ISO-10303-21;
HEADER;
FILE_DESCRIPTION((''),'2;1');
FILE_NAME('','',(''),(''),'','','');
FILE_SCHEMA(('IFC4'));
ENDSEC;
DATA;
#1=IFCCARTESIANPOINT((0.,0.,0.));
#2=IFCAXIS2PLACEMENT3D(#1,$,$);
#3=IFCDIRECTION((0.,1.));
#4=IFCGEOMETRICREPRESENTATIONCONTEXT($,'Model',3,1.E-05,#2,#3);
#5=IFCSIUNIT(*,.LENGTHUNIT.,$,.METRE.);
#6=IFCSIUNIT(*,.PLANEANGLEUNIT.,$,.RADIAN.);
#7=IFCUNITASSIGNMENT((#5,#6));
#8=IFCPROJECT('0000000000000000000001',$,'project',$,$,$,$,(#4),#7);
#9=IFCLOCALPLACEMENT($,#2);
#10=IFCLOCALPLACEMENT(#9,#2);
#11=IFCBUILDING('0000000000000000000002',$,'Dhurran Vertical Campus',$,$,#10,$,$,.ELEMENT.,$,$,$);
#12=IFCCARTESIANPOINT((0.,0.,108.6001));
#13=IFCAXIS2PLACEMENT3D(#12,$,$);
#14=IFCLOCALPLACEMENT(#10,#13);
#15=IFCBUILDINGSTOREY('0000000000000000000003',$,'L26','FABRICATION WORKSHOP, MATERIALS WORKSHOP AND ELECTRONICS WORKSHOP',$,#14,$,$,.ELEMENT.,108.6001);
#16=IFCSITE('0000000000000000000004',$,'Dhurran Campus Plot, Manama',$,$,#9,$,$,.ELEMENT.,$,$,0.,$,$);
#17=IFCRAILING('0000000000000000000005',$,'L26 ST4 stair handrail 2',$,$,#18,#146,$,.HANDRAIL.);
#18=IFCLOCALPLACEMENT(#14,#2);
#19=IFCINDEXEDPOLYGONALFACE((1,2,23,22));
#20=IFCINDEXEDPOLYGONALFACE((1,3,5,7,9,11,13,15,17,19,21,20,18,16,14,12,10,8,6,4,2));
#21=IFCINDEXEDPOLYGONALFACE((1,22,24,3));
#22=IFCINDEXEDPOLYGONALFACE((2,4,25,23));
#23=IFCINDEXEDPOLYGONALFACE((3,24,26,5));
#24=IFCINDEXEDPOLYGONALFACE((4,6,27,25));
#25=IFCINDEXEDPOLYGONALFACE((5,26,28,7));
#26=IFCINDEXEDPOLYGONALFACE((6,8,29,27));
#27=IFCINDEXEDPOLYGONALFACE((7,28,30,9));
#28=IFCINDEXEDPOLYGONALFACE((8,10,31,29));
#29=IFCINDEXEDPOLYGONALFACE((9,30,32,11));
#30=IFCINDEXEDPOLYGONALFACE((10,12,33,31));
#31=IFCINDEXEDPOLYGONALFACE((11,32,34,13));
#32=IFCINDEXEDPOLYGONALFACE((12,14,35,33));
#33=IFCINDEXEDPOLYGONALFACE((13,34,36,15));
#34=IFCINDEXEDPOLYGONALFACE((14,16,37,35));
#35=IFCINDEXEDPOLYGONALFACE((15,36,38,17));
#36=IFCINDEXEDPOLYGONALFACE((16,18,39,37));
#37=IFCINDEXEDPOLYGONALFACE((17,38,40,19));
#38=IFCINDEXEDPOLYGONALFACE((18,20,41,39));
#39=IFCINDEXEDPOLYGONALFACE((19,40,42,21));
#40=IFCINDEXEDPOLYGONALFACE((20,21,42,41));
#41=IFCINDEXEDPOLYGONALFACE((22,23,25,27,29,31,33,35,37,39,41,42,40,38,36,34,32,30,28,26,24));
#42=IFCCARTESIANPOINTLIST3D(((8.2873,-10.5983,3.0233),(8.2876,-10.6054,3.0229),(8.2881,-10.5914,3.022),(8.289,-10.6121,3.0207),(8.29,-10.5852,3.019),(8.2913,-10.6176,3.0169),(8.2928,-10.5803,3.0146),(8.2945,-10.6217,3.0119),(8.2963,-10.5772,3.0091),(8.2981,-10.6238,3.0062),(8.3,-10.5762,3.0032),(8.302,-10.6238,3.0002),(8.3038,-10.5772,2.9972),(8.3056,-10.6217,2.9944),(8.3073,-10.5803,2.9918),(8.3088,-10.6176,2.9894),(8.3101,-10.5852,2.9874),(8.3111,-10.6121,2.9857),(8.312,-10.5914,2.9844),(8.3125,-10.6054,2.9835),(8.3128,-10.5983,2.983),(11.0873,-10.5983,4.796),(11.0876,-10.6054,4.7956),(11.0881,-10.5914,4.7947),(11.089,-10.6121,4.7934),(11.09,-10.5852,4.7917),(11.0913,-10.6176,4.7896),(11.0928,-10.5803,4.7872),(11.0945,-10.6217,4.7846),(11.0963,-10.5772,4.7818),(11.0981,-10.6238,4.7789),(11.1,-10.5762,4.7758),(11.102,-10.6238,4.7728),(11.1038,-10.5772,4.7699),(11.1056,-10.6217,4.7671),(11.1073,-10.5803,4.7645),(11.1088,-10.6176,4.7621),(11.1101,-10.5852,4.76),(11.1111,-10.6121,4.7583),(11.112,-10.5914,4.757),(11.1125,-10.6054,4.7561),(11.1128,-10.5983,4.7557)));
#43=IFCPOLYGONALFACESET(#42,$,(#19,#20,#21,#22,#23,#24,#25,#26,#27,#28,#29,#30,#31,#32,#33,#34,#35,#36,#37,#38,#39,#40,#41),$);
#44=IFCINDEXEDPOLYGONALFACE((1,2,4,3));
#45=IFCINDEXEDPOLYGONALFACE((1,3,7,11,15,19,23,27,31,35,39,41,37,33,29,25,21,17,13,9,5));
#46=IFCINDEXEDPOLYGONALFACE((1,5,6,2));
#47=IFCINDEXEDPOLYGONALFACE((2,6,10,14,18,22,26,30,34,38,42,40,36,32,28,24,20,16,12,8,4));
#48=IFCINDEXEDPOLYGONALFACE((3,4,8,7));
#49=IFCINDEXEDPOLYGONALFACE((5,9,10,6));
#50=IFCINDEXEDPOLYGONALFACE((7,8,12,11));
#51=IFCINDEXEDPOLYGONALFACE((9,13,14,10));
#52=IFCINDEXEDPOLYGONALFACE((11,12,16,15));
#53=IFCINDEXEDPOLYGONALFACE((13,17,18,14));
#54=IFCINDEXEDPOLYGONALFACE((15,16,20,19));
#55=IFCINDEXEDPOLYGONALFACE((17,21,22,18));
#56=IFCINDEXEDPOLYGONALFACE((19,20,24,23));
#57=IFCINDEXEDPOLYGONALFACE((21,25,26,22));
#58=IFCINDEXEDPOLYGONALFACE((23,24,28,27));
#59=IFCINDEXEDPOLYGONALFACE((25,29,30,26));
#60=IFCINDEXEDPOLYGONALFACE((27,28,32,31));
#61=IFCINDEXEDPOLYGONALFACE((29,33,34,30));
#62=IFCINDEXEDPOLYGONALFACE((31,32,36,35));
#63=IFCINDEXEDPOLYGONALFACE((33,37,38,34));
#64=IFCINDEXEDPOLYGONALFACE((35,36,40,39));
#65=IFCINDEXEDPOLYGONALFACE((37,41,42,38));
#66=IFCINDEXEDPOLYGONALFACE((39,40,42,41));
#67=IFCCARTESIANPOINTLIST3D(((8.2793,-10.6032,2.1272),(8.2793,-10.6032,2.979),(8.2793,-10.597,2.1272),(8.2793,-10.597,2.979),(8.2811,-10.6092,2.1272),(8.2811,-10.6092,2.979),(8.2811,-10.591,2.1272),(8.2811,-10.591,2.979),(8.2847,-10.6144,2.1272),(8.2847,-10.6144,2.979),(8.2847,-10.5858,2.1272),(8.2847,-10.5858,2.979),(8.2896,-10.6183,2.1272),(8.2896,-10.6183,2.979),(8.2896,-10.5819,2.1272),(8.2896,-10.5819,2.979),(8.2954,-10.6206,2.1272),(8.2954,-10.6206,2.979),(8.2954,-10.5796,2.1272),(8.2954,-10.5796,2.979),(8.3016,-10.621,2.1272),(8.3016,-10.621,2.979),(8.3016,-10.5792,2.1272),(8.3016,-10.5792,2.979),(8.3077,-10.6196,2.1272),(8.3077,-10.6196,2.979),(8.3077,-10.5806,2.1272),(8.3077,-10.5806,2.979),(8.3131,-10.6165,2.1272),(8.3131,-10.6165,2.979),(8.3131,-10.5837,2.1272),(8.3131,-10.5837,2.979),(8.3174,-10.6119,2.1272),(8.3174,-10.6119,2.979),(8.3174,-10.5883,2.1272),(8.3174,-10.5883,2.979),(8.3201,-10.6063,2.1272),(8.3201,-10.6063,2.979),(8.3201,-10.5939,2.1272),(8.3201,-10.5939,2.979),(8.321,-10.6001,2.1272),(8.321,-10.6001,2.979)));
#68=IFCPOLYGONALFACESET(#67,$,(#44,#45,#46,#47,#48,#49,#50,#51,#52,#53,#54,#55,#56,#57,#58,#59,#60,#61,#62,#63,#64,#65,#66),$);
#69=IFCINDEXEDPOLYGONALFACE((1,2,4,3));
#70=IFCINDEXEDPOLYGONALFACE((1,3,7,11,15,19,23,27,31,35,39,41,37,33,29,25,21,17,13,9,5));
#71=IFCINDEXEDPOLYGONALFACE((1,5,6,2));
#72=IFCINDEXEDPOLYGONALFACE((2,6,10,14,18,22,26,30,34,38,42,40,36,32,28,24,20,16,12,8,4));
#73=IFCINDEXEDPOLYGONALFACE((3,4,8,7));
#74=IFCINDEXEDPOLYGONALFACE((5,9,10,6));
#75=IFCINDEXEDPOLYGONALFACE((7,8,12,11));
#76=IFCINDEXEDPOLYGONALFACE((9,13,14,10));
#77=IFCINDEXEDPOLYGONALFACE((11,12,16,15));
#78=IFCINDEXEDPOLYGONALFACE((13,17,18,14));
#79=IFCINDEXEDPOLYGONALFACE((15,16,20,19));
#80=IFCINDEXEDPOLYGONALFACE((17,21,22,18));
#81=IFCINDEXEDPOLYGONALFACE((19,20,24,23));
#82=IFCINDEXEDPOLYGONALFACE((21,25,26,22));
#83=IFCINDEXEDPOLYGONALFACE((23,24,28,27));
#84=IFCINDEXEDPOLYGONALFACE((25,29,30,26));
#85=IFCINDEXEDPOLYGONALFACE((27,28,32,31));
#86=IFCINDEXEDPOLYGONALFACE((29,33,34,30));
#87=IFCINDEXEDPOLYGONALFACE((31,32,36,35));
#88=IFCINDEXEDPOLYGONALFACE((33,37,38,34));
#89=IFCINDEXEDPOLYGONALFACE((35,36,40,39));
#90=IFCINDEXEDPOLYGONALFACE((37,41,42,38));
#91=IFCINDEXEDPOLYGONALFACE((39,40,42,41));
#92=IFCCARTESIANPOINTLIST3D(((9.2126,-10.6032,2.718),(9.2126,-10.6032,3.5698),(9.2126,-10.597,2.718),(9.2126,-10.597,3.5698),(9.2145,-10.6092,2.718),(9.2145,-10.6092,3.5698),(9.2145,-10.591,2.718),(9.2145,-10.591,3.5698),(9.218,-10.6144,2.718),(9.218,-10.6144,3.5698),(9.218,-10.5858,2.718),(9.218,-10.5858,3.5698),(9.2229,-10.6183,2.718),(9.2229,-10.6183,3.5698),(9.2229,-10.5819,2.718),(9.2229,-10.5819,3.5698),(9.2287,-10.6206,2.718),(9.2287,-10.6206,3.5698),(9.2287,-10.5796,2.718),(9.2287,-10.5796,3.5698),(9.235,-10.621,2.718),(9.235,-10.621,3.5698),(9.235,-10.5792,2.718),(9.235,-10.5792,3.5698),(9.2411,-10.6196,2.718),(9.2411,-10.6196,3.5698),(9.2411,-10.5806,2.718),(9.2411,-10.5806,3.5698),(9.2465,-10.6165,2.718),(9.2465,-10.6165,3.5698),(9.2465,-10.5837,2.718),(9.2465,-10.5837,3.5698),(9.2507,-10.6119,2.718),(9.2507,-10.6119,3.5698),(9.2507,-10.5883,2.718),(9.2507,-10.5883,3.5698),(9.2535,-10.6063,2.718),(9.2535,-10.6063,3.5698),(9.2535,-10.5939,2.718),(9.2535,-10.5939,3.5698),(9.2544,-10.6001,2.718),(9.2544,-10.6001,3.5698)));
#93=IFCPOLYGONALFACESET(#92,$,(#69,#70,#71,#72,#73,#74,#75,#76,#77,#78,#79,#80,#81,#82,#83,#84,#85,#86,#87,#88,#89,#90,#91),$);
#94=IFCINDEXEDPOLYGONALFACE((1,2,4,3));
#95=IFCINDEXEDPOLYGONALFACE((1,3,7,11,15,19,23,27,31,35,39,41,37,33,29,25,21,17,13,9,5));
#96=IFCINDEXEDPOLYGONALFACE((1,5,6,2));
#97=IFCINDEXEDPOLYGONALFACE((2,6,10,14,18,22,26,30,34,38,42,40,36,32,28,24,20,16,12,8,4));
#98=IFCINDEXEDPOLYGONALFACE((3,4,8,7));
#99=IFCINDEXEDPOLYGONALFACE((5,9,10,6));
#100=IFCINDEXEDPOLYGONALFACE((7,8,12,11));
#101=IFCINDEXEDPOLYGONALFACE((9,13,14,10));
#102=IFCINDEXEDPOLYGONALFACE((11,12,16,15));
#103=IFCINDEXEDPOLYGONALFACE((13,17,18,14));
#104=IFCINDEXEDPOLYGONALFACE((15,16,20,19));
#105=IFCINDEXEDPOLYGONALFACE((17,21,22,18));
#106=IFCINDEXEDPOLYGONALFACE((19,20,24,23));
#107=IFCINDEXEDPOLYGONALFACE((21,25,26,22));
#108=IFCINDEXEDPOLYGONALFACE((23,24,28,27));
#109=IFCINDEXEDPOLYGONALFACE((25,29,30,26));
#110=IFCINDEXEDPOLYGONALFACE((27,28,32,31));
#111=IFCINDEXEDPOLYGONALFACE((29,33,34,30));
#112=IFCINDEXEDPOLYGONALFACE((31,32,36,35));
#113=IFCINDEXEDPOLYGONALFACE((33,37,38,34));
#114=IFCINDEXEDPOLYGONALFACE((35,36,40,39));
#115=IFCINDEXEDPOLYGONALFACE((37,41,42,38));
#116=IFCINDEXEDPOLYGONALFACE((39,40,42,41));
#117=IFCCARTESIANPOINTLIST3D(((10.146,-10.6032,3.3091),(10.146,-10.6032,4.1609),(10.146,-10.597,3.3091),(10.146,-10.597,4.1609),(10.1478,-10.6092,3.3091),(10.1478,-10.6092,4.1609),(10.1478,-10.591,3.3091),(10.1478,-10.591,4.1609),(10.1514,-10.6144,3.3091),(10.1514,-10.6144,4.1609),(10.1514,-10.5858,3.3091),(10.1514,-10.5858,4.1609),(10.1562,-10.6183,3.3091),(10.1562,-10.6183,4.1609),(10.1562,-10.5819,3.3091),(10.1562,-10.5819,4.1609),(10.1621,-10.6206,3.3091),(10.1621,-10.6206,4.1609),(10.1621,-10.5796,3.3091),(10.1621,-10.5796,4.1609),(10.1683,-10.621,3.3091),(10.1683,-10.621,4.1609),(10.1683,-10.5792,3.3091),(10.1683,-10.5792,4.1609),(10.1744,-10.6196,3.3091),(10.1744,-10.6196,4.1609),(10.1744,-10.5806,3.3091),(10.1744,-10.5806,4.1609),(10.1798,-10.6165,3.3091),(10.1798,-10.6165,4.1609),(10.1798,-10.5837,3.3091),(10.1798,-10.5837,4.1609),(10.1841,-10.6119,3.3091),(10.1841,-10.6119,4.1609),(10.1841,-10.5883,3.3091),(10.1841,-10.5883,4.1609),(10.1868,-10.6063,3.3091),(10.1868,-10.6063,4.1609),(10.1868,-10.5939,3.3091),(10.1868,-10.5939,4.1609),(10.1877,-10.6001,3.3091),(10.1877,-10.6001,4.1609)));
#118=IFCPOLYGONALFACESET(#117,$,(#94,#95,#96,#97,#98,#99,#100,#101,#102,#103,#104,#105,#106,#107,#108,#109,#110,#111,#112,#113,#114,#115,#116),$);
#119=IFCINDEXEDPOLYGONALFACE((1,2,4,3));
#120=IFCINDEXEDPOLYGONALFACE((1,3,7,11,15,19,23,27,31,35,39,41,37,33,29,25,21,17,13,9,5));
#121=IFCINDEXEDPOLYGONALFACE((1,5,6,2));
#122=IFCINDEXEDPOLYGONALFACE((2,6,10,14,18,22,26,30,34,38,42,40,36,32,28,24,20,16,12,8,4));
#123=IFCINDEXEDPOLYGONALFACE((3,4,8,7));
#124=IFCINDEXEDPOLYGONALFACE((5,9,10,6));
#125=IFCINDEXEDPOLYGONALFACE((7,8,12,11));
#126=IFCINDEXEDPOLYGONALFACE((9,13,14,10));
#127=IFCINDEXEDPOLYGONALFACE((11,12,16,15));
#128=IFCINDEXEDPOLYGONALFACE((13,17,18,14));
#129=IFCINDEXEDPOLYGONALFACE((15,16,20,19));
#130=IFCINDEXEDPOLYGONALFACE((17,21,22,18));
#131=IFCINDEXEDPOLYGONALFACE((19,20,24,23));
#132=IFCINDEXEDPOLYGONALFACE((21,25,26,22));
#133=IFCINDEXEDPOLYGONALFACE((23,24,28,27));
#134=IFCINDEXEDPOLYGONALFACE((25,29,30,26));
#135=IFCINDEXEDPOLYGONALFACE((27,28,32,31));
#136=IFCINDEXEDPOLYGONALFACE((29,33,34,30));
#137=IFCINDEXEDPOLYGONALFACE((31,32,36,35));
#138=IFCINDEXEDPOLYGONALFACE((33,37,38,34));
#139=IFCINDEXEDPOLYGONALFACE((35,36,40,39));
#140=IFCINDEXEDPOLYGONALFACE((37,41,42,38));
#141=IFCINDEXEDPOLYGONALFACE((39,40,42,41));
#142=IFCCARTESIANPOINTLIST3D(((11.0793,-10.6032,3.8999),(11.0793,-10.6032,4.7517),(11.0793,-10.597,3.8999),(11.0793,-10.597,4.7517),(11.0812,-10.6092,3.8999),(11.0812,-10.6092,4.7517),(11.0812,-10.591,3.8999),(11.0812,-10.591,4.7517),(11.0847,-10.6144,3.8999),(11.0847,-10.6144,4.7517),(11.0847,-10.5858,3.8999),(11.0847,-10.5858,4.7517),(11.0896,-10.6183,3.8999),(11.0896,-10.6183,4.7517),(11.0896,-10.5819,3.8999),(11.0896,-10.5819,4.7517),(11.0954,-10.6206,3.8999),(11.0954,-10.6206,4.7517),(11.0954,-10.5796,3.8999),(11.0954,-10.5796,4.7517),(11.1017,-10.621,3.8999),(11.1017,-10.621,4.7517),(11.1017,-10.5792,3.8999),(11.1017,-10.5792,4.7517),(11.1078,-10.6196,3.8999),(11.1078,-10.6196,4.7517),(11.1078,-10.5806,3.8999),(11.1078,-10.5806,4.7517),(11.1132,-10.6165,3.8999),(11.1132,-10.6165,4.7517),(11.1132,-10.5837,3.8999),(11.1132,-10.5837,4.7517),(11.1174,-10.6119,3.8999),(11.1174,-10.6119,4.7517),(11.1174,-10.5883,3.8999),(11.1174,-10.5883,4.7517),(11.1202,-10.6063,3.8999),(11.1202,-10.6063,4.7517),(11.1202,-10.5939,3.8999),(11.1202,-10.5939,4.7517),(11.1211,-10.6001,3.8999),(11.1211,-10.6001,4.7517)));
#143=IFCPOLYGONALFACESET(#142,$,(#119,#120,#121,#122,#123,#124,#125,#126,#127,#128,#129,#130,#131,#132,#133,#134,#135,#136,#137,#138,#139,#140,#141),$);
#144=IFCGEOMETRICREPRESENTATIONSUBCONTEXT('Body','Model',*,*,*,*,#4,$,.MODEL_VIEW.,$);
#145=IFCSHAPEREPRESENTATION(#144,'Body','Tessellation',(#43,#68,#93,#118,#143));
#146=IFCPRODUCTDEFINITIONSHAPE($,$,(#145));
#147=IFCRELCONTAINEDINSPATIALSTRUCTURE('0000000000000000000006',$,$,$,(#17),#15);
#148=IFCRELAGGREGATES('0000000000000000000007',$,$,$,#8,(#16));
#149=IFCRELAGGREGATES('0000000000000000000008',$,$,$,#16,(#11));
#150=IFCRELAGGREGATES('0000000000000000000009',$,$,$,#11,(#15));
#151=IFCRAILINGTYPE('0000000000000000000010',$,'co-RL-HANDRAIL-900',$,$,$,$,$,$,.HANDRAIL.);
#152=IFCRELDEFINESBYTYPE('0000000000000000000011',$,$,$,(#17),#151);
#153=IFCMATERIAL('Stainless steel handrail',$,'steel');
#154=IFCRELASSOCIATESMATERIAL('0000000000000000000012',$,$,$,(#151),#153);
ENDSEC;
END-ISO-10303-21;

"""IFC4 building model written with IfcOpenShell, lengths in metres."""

from ifc_helpers import new_model, si_unit, direction, frame, origin, origin_2d, place, context, subcontext, project, spatial, circle, extrude, material, type_object, element, save


model = new_model("IFC4")

# Units and contexts
model_context = context("Model", 3, precision=1e-05, world=origin(), true_north=direction((0.0, 1.0)))
body_context = subcontext(model_context, "Body", "Model", "MODEL_VIEW")
ifc_project = project(units=[si_unit("LENGTHUNIT", "METRE"), si_unit("PLANEANGLEUNIT", "RADIAN")], contexts=[model_context])

# Site, building, storey
site_placement = place(None, origin())
site = spatial("IfcSite", under=ifc_project, at=site_placement, Name="Dhurran Campus Plot, Manama", CompositionType="ELEMENT", RefElevation=0.0)
building_placement = place(site_placement, origin())
building = spatial("IfcBuilding", under=site, at=building_placement, Name="Dhurran Vertical Campus", CompositionType="ELEMENT")
storey_placement = place(building_placement, frame((0.0, 0.0, 108.6001)))
storey = spatial("IfcBuildingStorey", under=building, at=storey_placement, Name="L26", Description="FABRICATION WORKSHOP, MATERIALS WORKSHOP AND ELECTRONICS WORKSHOP", CompositionType="ELEMENT", Elevation=108.6001)

# Railing
ifc_material_1 = material(Name="Stainless steel handrail", Category="steel")
railing_type_1 = type_object("IfcRailingType", Name="co-RL-HANDRAIL-900", PredefinedType="HANDRAIL", material=ifc_material_1)
railing_1_placement = place(storey_placement, frame((8.3, -10.6001, 2.1272)))
element("IfcRailing", 1, at=railing_1_placement, inside=storey, type_object=railing_type_1, Name="L26 ST4 stair handrail 2", PredefinedType="HANDRAIL", context=body_context, shape_type="SweptSolid", body=[
    extrude(circle(Radius=0.0239, at=origin_2d()), frame((0.0, 0.0, 0.876), z_axis=(0.844909, 0.0, 0.53491), x_axis=(0.0, 1.0, 0.0)), (0.0, 0.0, 1.0), 3.314),
    extrude(circle(Radius=0.021, at=origin_2d()), origin(), (0.0, 0.0, 1.0), 0.8518),
    extrude(circle(Radius=0.021, at=origin_2d()), frame((0.9333, 0.0, 0.5908)), (0.0, 0.0, 1.0), 0.8518),
    extrude(circle(Radius=0.021, at=origin_2d()), frame((1.8667, 0.0, 1.1819)), (0.0, 0.0, 1.0), 0.8518),
    extrude(circle(Radius=0.021, at=origin_2d()), frame((2.8, 0.0, 1.7727)), (0.0, 0.0, 1.0), 0.8518),
])

save(model, "model.ifc")
